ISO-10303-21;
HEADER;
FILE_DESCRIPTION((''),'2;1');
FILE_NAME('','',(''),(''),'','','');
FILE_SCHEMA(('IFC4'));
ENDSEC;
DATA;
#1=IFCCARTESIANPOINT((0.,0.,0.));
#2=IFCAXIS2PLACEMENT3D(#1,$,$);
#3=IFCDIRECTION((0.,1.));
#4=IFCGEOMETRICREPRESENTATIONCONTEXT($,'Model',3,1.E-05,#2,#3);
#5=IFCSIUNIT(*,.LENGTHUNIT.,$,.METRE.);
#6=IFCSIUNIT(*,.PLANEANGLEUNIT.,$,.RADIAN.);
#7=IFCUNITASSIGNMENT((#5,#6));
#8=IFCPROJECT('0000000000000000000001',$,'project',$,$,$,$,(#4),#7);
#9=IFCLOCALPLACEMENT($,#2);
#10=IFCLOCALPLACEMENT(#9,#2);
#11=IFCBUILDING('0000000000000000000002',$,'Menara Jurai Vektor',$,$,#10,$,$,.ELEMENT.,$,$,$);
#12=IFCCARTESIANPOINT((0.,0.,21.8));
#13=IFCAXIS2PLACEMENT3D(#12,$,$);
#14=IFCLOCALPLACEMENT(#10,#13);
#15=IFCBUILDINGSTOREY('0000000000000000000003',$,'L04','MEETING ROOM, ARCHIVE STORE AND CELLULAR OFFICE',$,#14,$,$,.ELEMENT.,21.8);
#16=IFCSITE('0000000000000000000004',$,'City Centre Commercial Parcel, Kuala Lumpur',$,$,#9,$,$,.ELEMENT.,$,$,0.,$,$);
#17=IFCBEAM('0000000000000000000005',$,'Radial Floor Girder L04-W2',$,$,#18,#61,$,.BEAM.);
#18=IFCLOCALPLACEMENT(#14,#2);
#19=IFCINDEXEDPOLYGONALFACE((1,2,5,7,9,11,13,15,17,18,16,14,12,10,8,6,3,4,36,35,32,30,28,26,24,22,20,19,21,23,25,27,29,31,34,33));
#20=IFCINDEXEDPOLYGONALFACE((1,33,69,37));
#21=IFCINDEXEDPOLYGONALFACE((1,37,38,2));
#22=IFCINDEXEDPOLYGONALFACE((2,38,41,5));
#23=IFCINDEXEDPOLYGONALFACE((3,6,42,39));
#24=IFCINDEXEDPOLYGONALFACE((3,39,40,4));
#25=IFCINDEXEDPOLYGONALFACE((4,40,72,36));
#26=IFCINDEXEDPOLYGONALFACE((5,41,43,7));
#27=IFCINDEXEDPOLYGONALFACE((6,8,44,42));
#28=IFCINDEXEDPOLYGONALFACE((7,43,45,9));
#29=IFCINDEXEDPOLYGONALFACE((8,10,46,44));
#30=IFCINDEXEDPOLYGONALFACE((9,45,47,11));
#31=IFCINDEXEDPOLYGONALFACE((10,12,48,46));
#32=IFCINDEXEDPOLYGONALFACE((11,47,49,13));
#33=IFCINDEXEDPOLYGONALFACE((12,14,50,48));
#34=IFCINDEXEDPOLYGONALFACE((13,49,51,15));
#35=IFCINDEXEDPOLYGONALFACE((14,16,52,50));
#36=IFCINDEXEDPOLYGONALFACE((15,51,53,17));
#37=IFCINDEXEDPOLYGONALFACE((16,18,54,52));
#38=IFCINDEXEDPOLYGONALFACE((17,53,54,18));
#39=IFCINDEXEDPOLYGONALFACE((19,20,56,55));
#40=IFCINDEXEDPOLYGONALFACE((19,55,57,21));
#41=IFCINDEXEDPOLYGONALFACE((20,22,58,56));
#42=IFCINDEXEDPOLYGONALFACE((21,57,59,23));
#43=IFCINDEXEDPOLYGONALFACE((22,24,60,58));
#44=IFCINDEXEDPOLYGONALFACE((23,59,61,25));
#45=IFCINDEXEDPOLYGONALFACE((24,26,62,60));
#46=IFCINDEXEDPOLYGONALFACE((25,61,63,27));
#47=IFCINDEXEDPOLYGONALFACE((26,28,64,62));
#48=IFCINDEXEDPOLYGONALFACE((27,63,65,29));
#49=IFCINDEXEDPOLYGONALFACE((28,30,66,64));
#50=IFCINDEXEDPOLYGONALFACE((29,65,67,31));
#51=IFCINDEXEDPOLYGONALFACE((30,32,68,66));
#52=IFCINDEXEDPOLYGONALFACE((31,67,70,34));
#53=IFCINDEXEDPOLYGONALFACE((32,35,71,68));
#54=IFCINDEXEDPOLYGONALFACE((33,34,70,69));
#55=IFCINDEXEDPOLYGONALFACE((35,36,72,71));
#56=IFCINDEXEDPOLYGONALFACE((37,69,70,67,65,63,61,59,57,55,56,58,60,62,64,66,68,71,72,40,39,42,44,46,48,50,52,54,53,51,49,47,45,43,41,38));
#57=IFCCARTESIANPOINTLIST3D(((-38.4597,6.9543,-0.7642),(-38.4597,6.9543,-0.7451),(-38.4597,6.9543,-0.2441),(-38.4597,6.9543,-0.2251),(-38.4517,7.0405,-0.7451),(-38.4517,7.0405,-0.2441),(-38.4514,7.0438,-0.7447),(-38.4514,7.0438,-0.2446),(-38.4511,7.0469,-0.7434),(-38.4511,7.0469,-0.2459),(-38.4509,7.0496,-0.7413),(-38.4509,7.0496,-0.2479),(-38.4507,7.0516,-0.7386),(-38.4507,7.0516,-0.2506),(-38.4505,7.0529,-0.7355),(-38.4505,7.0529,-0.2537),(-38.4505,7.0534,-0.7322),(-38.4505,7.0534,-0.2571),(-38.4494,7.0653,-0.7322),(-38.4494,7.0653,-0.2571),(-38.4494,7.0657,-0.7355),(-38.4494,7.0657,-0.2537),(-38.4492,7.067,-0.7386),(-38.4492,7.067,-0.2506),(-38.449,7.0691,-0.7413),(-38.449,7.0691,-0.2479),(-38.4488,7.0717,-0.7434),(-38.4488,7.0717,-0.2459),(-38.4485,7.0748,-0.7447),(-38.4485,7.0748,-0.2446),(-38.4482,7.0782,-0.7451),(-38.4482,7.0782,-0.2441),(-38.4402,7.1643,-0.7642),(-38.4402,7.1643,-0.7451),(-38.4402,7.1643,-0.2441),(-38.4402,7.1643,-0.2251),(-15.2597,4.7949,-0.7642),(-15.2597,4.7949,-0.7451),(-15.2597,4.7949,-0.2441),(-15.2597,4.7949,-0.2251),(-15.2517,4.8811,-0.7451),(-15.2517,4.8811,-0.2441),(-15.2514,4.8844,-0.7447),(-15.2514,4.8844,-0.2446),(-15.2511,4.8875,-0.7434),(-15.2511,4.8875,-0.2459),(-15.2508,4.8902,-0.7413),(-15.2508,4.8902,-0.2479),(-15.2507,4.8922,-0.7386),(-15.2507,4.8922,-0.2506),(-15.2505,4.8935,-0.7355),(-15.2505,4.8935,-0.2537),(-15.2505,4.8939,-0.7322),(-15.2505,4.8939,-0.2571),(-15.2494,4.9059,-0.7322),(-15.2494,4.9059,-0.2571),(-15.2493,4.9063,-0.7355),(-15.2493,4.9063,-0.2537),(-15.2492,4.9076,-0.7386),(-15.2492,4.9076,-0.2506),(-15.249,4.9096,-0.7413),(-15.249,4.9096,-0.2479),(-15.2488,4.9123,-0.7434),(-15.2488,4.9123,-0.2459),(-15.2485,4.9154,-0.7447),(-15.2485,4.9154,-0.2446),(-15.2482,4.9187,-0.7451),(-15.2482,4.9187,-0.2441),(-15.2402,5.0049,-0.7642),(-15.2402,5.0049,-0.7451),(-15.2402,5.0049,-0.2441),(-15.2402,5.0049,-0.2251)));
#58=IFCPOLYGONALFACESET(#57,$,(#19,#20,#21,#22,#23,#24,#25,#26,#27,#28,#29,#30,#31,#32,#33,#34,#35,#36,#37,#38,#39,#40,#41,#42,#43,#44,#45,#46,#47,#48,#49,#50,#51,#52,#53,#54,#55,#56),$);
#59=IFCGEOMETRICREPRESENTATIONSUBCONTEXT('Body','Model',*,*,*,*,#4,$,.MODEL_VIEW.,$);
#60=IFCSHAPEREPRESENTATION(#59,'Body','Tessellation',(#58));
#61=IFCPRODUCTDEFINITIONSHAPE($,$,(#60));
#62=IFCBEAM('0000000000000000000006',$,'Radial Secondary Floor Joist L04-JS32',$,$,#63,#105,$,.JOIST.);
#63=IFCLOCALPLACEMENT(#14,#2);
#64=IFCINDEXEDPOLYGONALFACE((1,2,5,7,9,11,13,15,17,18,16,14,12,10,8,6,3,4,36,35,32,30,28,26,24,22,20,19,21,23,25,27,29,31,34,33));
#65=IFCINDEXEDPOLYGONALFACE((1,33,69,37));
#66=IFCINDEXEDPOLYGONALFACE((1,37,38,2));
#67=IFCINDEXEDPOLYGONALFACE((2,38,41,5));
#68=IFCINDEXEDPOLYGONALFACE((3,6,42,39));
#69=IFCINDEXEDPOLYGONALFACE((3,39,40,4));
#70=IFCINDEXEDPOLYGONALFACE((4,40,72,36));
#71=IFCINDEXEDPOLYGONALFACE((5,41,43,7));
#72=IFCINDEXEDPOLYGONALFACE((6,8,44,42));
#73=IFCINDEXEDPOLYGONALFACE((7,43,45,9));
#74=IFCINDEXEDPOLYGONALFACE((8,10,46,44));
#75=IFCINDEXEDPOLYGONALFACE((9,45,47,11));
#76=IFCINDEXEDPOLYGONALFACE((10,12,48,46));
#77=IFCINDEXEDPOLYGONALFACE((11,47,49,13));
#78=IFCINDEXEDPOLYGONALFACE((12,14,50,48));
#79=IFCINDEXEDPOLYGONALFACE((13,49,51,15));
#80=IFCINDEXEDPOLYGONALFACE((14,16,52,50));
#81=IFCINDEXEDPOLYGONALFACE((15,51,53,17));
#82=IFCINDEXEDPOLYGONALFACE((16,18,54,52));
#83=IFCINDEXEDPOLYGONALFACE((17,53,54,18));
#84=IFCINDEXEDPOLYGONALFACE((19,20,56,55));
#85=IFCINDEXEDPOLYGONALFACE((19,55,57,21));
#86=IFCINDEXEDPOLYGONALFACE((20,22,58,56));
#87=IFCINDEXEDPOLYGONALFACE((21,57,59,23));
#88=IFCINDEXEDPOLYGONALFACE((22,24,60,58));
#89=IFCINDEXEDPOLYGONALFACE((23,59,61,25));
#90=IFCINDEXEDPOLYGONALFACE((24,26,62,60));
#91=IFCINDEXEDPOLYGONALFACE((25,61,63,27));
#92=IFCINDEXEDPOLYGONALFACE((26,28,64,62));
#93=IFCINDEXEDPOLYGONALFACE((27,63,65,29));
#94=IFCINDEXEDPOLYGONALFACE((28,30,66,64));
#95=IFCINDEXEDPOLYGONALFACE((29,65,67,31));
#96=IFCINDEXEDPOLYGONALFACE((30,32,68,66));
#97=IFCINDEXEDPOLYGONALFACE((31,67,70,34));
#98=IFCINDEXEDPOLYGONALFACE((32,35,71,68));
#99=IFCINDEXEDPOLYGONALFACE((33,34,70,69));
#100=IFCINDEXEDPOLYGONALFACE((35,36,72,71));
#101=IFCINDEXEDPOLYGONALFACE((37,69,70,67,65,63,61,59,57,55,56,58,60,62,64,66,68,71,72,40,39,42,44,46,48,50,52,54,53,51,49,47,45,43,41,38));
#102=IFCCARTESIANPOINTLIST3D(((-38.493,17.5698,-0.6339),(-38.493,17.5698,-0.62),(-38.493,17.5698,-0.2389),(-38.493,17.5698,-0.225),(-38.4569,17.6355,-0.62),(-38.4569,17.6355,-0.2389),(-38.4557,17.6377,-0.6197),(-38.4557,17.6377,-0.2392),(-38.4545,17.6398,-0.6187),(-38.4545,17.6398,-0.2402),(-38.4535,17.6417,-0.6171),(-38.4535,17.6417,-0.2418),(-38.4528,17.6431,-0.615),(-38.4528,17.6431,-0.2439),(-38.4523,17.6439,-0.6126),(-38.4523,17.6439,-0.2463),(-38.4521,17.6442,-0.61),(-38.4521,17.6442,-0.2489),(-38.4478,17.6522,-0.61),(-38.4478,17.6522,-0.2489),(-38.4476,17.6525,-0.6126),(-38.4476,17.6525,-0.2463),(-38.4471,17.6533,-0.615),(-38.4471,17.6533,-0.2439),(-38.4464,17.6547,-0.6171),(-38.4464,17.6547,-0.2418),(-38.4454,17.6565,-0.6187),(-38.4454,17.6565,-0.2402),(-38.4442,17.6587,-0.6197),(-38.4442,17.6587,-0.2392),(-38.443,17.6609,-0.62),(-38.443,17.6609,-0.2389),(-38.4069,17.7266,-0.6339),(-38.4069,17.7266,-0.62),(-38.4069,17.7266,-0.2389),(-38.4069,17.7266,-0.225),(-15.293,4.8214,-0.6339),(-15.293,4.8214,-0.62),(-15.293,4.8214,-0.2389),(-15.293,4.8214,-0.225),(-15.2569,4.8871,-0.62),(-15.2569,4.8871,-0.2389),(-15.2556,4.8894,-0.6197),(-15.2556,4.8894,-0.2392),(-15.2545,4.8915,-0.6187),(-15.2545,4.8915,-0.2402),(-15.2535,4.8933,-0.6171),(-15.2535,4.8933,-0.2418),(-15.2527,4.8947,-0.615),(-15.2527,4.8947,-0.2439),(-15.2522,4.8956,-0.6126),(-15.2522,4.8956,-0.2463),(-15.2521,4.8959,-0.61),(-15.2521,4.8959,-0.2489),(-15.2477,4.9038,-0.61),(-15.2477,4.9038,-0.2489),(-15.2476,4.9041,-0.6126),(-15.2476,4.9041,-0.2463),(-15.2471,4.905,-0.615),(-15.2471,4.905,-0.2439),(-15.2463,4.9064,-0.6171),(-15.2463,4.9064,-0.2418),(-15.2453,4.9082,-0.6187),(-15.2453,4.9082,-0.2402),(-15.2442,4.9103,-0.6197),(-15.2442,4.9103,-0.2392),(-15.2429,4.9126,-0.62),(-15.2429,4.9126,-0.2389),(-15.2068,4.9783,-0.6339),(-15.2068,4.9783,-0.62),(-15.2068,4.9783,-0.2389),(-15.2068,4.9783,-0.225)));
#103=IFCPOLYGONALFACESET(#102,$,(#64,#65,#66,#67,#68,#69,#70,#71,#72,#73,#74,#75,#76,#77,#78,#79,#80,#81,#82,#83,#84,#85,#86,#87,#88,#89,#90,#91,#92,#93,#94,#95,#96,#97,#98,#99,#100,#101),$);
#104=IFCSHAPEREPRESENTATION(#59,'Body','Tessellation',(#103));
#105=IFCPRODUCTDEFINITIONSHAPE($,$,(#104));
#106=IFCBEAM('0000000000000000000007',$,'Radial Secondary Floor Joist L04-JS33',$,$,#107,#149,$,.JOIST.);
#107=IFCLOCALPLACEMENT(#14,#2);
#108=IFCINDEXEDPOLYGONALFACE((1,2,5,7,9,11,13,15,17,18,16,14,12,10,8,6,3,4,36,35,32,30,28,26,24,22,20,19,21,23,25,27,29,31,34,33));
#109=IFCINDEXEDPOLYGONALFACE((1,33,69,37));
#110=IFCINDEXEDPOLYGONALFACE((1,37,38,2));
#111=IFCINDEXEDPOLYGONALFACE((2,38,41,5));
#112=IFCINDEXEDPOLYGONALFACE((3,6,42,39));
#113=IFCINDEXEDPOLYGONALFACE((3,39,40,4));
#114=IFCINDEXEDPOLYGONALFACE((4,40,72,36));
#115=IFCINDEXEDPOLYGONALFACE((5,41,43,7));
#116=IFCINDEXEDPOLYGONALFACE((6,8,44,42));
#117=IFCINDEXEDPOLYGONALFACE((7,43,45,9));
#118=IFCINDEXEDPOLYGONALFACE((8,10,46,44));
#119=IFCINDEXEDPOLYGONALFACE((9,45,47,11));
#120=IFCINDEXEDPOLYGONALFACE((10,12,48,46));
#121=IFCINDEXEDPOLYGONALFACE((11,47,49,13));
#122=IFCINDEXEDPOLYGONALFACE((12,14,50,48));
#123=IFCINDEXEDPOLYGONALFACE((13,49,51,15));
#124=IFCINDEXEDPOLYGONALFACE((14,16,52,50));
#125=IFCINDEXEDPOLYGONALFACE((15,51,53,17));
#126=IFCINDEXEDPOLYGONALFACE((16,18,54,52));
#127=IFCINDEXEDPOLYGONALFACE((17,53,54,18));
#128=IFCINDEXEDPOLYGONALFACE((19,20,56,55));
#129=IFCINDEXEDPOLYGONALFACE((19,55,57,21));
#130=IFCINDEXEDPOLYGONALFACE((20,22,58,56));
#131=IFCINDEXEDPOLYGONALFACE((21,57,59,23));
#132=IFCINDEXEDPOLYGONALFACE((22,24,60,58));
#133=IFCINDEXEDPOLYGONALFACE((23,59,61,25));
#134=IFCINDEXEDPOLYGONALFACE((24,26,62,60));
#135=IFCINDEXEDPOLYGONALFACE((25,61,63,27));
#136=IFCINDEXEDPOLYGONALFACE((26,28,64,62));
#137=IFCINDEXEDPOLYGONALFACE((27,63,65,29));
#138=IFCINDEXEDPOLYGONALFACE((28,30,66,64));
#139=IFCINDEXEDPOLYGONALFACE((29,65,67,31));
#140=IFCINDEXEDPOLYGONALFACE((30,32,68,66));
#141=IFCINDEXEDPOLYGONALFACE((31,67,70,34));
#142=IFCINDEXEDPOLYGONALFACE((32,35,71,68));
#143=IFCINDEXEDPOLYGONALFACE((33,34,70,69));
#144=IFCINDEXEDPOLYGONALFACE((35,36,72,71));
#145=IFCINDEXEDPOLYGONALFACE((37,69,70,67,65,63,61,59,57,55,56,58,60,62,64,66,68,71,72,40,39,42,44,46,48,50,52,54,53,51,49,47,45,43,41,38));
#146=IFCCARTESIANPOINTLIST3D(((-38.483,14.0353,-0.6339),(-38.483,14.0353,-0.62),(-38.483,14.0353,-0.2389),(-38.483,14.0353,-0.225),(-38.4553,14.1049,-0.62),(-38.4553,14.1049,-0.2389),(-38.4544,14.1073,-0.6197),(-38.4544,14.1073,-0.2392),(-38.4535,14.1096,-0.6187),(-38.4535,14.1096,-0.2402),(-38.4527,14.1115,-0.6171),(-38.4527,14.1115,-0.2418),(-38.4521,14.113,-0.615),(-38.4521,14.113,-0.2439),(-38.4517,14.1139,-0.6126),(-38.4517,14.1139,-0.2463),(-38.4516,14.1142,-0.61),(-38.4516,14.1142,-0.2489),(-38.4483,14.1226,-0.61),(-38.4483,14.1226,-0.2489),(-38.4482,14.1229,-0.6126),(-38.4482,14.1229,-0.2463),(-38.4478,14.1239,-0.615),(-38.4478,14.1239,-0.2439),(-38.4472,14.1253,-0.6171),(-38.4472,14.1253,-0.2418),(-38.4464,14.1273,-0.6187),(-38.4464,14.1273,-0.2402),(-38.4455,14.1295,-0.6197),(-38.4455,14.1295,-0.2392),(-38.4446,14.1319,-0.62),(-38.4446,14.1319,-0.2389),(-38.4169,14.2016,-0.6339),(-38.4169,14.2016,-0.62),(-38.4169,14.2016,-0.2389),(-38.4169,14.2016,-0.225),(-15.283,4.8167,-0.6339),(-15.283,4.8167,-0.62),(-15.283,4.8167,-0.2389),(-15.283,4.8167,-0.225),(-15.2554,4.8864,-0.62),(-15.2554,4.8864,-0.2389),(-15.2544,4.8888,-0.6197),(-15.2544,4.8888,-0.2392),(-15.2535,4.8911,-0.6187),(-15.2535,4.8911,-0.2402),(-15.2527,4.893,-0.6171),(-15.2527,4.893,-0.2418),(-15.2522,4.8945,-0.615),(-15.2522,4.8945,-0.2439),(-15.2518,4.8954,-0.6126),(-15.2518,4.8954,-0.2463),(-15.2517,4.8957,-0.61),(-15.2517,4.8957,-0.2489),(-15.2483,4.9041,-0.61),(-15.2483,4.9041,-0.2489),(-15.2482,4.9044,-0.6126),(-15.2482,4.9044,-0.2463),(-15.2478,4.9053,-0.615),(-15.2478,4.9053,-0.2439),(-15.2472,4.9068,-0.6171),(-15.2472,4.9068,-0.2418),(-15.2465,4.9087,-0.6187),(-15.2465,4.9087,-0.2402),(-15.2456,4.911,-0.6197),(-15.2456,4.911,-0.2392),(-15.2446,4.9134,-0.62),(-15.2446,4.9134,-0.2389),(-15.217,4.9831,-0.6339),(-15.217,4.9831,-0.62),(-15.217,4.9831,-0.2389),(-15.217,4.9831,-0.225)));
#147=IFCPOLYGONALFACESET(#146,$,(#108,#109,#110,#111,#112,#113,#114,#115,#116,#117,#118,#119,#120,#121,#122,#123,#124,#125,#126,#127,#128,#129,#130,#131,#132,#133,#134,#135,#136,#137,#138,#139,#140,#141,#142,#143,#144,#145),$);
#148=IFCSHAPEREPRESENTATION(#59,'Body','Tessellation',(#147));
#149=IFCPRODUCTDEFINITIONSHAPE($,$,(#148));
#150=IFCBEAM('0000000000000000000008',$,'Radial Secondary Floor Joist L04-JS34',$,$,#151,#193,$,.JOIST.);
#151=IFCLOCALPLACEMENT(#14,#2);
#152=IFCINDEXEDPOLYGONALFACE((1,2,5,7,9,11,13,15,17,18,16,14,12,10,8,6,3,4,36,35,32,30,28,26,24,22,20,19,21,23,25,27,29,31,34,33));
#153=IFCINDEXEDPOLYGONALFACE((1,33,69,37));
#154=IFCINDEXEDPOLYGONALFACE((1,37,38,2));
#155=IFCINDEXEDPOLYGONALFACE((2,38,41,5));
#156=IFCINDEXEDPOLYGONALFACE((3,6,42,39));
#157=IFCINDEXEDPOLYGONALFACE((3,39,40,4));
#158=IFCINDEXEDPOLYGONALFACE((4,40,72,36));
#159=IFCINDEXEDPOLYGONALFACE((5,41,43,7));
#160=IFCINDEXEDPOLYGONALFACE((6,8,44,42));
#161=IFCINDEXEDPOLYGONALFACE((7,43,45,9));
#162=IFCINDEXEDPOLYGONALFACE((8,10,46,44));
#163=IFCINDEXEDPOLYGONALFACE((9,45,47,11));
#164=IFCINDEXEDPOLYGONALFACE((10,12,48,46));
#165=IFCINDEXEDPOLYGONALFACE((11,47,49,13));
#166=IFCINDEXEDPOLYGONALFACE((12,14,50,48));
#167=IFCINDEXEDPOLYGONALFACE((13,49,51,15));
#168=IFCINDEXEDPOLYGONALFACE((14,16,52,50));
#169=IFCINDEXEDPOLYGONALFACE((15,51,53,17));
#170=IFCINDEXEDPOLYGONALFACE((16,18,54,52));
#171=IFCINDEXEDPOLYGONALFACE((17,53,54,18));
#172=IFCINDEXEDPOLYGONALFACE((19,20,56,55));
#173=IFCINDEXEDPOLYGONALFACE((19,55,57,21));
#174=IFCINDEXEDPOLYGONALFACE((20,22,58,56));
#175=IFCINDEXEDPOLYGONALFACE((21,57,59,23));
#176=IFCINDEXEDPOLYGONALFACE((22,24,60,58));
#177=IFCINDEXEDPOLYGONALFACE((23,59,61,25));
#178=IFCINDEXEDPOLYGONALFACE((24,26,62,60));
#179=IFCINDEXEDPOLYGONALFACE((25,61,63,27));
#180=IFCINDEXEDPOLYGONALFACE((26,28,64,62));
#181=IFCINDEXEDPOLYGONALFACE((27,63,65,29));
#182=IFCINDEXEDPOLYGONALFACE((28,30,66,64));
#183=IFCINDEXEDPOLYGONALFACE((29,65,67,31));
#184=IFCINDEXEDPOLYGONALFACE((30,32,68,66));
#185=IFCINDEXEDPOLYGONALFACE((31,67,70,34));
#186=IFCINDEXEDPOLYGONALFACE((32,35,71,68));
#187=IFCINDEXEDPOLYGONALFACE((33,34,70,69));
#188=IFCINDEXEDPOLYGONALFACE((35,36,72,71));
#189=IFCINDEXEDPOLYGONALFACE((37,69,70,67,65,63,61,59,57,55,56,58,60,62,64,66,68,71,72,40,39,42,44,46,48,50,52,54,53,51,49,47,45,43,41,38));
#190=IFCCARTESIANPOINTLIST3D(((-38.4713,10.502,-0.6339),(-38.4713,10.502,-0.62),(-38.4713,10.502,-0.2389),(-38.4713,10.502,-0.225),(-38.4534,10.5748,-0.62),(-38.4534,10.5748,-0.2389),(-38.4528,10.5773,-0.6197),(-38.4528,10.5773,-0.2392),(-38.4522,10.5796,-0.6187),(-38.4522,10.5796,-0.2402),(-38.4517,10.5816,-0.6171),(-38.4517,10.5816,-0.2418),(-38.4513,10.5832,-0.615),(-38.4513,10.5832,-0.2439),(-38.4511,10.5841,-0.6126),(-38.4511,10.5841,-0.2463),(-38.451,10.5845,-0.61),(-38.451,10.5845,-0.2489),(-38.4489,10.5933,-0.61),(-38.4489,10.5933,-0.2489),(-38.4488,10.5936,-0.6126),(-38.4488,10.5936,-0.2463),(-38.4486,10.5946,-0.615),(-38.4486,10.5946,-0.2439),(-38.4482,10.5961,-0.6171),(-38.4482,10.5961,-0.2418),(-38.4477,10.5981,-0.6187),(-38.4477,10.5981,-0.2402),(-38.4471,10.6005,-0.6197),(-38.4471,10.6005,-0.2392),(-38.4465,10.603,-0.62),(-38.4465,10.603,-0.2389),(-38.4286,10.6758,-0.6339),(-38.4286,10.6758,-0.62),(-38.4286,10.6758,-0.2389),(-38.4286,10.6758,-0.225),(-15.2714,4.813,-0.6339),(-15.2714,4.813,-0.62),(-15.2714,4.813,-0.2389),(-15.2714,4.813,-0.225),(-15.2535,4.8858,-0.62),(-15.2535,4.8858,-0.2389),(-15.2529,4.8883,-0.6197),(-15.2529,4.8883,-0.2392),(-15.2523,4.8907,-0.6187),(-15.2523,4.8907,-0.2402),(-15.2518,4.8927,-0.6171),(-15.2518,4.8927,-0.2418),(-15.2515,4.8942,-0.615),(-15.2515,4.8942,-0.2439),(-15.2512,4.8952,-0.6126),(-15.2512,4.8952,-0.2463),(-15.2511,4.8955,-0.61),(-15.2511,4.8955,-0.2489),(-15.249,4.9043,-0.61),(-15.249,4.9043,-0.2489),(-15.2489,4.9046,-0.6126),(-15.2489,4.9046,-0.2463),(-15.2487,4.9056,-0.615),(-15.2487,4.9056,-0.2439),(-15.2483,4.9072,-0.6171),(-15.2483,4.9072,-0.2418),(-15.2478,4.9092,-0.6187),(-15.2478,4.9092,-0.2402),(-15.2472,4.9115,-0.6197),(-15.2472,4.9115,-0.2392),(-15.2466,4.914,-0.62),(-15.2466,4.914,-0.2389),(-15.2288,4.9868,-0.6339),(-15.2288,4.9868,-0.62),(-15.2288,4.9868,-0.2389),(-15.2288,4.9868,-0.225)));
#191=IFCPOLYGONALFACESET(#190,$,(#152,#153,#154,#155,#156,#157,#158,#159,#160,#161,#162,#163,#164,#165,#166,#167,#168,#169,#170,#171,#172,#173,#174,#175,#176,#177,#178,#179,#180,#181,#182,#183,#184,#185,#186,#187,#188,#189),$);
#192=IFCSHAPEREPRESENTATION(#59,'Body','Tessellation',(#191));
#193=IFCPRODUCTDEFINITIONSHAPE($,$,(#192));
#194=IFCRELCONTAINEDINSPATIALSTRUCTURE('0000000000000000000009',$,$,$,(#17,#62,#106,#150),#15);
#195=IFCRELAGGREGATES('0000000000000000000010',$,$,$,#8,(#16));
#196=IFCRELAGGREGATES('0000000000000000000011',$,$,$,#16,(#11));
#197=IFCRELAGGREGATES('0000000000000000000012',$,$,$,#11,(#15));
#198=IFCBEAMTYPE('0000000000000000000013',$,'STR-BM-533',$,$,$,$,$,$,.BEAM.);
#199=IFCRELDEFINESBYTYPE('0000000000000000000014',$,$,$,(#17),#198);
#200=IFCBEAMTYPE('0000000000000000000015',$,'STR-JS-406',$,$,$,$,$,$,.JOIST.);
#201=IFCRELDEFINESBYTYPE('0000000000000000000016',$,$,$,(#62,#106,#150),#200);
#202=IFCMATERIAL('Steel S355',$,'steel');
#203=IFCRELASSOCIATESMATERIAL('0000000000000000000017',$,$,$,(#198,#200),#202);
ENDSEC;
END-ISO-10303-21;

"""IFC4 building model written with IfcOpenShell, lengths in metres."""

from ifc_helpers import new_model, si_unit, direction, frame, origin, origin_2d, place, context, subcontext, project, spatial, i_section, extrude, material, material_profile, profile_set, type_object, element, save


model = new_model("IFC4")

# Units and contexts
model_context = context("Model", 3, precision=1e-05, world=origin(), true_north=direction((0.0, 1.0)))
body_context = subcontext(model_context, "Body", "Model", "MODEL_VIEW")
ifc_project = project(units=[si_unit("LENGTHUNIT", "METRE"), si_unit("PLANEANGLEUNIT", "RADIAN")], contexts=[model_context])

# Site, building, storey
site_placement = place(None, origin())
site = spatial("IfcSite", under=ifc_project, at=site_placement, Name="City Centre Commercial Parcel, Kuala Lumpur", CompositionType="ELEMENT", RefElevation=0.0)
building_placement = place(site_placement, origin())
building = spatial("IfcBuilding", under=site, at=building_placement, Name="Menara Jurai Vektor", CompositionType="ELEMENT")
storey_placement = place(building_placement, frame((0.0, 0.0, 21.8)))
storey = spatial("IfcBuildingStorey", under=building, at=storey_placement, Name="L04", Description="MEETING ROOM, ARCHIVE STORE AND CELLULAR OFFICE", CompositionType="ELEMENT", Elevation=21.8)

# Beams
ifc_material_1 = material(Name="Steel S355", Category="steel")
ifc_material_profile_1 = material_profile(ifc_material_1, i_section(OverallWidth=0.2109, OverallDepth=0.5391, WebThickness=0.012, FlangeThickness=0.019, FilletRadius=0.0129, at=origin_2d()), Name="UKB 533x210x109")
ifc_profile_set_1 = profile_set([ifc_material_profile_1], Name="Steel S355")
beam_type_1 = type_object("IfcBeamType", Name="STR-BM-533", PredefinedType="BEAM", material=ifc_profile_set_1)
beam_1_placement = place(storey_placement, frame((-38.45, 7.0593, -0.4946), z_axis=(0.995696, -0.092678, 0.0), x_axis=(0.092678, 0.995696, 0.0)))
element("IfcBeam", 1, at=beam_1_placement, inside=storey, type_object=beam_type_1, Name="Radial Floor Girder L04-W2", PredefinedType="BEAM", context=body_context, shape_type="SweptSolid", body=[
    extrude(i_section(OverallWidth=0.2109, OverallDepth=0.5391, WebThickness=0.012, FlangeThickness=0.019, FilletRadius=0.0129, at=origin_2d()), origin(), (0.0, 0.0, 1.0), 23.3003),
])
ifc_material_profile_2 = material_profile(ifc_material_1, i_section(OverallWidth=0.179, OverallDepth=0.4089, WebThickness=0.009, FlangeThickness=0.0139, FilletRadius=0.01, at=origin_2d()), Name="UKB 406x178x67")
ifc_profile_set_2 = profile_set([ifc_material_profile_2], Name="Steel S355")
beam_type_2 = type_object("IfcBeamType", Name="STR-JS-406", PredefinedType="JOIST", material=ifc_profile_set_2)
beam_2_placement = place(storey_placement, frame((-38.45, 17.6482, -0.4294), z_axis=(0.876402, -0.48158, 0.0), x_axis=(0.48158, 0.876402, 0.0)))
element("IfcBeam", 2, at=beam_2_placement, inside=storey, type_object=beam_type_2, Name="Radial Secondary Floor Joist L04-JS32", PredefinedType="JOIST", context=body_context, shape_type="SweptSolid", body=[
    extrude(i_section(OverallWidth=0.179, OverallDepth=0.4089, WebThickness=0.009, FlangeThickness=0.0139, FilletRadius=0.01, at=origin_2d()), origin(), (0.0, 0.0, 1.0), 26.4719),
])
beam_3_placement = place(storey_placement, frame((-38.45, 14.1184, -0.4294), z_axis=(0.929323, -0.369267, 0.0), x_axis=(0.369267, 0.929323, 0.0)))
element("IfcBeam", 3, at=beam_3_placement, inside=storey, type_object=beam_type_2, Name="Radial Secondary Floor Joist L04-JS33", PredefinedType="JOIST", context=body_context, shape_type="SweptSolid", body=[
    extrude(i_section(OverallWidth=0.179, OverallDepth=0.4089, WebThickness=0.009, FlangeThickness=0.0139, FilletRadius=0.01, at=origin_2d()), origin(), (0.0, 0.0, 1.0), 24.9644),
])
beam_4_placement = place(storey_placement, frame((-38.45, 10.5889, -0.4294), z_axis=(0.971226, -0.238159, 0.0), x_axis=(0.238159, 0.971226, 0.0)))
element("IfcBeam", 4, at=beam_4_placement, inside=storey, type_object=beam_type_2, Name="Radial Secondary Floor Joist L04-JS34", PredefinedType="JOIST", context=body_context, shape_type="SweptSolid", body=[
    extrude(i_section(OverallWidth=0.179, OverallDepth=0.4089, WebThickness=0.009, FlangeThickness=0.0139, FilletRadius=0.01, at=origin_2d()), origin(), (0.0, 0.0, 1.0), 23.8872),
])

save(model, "model.ifc")
